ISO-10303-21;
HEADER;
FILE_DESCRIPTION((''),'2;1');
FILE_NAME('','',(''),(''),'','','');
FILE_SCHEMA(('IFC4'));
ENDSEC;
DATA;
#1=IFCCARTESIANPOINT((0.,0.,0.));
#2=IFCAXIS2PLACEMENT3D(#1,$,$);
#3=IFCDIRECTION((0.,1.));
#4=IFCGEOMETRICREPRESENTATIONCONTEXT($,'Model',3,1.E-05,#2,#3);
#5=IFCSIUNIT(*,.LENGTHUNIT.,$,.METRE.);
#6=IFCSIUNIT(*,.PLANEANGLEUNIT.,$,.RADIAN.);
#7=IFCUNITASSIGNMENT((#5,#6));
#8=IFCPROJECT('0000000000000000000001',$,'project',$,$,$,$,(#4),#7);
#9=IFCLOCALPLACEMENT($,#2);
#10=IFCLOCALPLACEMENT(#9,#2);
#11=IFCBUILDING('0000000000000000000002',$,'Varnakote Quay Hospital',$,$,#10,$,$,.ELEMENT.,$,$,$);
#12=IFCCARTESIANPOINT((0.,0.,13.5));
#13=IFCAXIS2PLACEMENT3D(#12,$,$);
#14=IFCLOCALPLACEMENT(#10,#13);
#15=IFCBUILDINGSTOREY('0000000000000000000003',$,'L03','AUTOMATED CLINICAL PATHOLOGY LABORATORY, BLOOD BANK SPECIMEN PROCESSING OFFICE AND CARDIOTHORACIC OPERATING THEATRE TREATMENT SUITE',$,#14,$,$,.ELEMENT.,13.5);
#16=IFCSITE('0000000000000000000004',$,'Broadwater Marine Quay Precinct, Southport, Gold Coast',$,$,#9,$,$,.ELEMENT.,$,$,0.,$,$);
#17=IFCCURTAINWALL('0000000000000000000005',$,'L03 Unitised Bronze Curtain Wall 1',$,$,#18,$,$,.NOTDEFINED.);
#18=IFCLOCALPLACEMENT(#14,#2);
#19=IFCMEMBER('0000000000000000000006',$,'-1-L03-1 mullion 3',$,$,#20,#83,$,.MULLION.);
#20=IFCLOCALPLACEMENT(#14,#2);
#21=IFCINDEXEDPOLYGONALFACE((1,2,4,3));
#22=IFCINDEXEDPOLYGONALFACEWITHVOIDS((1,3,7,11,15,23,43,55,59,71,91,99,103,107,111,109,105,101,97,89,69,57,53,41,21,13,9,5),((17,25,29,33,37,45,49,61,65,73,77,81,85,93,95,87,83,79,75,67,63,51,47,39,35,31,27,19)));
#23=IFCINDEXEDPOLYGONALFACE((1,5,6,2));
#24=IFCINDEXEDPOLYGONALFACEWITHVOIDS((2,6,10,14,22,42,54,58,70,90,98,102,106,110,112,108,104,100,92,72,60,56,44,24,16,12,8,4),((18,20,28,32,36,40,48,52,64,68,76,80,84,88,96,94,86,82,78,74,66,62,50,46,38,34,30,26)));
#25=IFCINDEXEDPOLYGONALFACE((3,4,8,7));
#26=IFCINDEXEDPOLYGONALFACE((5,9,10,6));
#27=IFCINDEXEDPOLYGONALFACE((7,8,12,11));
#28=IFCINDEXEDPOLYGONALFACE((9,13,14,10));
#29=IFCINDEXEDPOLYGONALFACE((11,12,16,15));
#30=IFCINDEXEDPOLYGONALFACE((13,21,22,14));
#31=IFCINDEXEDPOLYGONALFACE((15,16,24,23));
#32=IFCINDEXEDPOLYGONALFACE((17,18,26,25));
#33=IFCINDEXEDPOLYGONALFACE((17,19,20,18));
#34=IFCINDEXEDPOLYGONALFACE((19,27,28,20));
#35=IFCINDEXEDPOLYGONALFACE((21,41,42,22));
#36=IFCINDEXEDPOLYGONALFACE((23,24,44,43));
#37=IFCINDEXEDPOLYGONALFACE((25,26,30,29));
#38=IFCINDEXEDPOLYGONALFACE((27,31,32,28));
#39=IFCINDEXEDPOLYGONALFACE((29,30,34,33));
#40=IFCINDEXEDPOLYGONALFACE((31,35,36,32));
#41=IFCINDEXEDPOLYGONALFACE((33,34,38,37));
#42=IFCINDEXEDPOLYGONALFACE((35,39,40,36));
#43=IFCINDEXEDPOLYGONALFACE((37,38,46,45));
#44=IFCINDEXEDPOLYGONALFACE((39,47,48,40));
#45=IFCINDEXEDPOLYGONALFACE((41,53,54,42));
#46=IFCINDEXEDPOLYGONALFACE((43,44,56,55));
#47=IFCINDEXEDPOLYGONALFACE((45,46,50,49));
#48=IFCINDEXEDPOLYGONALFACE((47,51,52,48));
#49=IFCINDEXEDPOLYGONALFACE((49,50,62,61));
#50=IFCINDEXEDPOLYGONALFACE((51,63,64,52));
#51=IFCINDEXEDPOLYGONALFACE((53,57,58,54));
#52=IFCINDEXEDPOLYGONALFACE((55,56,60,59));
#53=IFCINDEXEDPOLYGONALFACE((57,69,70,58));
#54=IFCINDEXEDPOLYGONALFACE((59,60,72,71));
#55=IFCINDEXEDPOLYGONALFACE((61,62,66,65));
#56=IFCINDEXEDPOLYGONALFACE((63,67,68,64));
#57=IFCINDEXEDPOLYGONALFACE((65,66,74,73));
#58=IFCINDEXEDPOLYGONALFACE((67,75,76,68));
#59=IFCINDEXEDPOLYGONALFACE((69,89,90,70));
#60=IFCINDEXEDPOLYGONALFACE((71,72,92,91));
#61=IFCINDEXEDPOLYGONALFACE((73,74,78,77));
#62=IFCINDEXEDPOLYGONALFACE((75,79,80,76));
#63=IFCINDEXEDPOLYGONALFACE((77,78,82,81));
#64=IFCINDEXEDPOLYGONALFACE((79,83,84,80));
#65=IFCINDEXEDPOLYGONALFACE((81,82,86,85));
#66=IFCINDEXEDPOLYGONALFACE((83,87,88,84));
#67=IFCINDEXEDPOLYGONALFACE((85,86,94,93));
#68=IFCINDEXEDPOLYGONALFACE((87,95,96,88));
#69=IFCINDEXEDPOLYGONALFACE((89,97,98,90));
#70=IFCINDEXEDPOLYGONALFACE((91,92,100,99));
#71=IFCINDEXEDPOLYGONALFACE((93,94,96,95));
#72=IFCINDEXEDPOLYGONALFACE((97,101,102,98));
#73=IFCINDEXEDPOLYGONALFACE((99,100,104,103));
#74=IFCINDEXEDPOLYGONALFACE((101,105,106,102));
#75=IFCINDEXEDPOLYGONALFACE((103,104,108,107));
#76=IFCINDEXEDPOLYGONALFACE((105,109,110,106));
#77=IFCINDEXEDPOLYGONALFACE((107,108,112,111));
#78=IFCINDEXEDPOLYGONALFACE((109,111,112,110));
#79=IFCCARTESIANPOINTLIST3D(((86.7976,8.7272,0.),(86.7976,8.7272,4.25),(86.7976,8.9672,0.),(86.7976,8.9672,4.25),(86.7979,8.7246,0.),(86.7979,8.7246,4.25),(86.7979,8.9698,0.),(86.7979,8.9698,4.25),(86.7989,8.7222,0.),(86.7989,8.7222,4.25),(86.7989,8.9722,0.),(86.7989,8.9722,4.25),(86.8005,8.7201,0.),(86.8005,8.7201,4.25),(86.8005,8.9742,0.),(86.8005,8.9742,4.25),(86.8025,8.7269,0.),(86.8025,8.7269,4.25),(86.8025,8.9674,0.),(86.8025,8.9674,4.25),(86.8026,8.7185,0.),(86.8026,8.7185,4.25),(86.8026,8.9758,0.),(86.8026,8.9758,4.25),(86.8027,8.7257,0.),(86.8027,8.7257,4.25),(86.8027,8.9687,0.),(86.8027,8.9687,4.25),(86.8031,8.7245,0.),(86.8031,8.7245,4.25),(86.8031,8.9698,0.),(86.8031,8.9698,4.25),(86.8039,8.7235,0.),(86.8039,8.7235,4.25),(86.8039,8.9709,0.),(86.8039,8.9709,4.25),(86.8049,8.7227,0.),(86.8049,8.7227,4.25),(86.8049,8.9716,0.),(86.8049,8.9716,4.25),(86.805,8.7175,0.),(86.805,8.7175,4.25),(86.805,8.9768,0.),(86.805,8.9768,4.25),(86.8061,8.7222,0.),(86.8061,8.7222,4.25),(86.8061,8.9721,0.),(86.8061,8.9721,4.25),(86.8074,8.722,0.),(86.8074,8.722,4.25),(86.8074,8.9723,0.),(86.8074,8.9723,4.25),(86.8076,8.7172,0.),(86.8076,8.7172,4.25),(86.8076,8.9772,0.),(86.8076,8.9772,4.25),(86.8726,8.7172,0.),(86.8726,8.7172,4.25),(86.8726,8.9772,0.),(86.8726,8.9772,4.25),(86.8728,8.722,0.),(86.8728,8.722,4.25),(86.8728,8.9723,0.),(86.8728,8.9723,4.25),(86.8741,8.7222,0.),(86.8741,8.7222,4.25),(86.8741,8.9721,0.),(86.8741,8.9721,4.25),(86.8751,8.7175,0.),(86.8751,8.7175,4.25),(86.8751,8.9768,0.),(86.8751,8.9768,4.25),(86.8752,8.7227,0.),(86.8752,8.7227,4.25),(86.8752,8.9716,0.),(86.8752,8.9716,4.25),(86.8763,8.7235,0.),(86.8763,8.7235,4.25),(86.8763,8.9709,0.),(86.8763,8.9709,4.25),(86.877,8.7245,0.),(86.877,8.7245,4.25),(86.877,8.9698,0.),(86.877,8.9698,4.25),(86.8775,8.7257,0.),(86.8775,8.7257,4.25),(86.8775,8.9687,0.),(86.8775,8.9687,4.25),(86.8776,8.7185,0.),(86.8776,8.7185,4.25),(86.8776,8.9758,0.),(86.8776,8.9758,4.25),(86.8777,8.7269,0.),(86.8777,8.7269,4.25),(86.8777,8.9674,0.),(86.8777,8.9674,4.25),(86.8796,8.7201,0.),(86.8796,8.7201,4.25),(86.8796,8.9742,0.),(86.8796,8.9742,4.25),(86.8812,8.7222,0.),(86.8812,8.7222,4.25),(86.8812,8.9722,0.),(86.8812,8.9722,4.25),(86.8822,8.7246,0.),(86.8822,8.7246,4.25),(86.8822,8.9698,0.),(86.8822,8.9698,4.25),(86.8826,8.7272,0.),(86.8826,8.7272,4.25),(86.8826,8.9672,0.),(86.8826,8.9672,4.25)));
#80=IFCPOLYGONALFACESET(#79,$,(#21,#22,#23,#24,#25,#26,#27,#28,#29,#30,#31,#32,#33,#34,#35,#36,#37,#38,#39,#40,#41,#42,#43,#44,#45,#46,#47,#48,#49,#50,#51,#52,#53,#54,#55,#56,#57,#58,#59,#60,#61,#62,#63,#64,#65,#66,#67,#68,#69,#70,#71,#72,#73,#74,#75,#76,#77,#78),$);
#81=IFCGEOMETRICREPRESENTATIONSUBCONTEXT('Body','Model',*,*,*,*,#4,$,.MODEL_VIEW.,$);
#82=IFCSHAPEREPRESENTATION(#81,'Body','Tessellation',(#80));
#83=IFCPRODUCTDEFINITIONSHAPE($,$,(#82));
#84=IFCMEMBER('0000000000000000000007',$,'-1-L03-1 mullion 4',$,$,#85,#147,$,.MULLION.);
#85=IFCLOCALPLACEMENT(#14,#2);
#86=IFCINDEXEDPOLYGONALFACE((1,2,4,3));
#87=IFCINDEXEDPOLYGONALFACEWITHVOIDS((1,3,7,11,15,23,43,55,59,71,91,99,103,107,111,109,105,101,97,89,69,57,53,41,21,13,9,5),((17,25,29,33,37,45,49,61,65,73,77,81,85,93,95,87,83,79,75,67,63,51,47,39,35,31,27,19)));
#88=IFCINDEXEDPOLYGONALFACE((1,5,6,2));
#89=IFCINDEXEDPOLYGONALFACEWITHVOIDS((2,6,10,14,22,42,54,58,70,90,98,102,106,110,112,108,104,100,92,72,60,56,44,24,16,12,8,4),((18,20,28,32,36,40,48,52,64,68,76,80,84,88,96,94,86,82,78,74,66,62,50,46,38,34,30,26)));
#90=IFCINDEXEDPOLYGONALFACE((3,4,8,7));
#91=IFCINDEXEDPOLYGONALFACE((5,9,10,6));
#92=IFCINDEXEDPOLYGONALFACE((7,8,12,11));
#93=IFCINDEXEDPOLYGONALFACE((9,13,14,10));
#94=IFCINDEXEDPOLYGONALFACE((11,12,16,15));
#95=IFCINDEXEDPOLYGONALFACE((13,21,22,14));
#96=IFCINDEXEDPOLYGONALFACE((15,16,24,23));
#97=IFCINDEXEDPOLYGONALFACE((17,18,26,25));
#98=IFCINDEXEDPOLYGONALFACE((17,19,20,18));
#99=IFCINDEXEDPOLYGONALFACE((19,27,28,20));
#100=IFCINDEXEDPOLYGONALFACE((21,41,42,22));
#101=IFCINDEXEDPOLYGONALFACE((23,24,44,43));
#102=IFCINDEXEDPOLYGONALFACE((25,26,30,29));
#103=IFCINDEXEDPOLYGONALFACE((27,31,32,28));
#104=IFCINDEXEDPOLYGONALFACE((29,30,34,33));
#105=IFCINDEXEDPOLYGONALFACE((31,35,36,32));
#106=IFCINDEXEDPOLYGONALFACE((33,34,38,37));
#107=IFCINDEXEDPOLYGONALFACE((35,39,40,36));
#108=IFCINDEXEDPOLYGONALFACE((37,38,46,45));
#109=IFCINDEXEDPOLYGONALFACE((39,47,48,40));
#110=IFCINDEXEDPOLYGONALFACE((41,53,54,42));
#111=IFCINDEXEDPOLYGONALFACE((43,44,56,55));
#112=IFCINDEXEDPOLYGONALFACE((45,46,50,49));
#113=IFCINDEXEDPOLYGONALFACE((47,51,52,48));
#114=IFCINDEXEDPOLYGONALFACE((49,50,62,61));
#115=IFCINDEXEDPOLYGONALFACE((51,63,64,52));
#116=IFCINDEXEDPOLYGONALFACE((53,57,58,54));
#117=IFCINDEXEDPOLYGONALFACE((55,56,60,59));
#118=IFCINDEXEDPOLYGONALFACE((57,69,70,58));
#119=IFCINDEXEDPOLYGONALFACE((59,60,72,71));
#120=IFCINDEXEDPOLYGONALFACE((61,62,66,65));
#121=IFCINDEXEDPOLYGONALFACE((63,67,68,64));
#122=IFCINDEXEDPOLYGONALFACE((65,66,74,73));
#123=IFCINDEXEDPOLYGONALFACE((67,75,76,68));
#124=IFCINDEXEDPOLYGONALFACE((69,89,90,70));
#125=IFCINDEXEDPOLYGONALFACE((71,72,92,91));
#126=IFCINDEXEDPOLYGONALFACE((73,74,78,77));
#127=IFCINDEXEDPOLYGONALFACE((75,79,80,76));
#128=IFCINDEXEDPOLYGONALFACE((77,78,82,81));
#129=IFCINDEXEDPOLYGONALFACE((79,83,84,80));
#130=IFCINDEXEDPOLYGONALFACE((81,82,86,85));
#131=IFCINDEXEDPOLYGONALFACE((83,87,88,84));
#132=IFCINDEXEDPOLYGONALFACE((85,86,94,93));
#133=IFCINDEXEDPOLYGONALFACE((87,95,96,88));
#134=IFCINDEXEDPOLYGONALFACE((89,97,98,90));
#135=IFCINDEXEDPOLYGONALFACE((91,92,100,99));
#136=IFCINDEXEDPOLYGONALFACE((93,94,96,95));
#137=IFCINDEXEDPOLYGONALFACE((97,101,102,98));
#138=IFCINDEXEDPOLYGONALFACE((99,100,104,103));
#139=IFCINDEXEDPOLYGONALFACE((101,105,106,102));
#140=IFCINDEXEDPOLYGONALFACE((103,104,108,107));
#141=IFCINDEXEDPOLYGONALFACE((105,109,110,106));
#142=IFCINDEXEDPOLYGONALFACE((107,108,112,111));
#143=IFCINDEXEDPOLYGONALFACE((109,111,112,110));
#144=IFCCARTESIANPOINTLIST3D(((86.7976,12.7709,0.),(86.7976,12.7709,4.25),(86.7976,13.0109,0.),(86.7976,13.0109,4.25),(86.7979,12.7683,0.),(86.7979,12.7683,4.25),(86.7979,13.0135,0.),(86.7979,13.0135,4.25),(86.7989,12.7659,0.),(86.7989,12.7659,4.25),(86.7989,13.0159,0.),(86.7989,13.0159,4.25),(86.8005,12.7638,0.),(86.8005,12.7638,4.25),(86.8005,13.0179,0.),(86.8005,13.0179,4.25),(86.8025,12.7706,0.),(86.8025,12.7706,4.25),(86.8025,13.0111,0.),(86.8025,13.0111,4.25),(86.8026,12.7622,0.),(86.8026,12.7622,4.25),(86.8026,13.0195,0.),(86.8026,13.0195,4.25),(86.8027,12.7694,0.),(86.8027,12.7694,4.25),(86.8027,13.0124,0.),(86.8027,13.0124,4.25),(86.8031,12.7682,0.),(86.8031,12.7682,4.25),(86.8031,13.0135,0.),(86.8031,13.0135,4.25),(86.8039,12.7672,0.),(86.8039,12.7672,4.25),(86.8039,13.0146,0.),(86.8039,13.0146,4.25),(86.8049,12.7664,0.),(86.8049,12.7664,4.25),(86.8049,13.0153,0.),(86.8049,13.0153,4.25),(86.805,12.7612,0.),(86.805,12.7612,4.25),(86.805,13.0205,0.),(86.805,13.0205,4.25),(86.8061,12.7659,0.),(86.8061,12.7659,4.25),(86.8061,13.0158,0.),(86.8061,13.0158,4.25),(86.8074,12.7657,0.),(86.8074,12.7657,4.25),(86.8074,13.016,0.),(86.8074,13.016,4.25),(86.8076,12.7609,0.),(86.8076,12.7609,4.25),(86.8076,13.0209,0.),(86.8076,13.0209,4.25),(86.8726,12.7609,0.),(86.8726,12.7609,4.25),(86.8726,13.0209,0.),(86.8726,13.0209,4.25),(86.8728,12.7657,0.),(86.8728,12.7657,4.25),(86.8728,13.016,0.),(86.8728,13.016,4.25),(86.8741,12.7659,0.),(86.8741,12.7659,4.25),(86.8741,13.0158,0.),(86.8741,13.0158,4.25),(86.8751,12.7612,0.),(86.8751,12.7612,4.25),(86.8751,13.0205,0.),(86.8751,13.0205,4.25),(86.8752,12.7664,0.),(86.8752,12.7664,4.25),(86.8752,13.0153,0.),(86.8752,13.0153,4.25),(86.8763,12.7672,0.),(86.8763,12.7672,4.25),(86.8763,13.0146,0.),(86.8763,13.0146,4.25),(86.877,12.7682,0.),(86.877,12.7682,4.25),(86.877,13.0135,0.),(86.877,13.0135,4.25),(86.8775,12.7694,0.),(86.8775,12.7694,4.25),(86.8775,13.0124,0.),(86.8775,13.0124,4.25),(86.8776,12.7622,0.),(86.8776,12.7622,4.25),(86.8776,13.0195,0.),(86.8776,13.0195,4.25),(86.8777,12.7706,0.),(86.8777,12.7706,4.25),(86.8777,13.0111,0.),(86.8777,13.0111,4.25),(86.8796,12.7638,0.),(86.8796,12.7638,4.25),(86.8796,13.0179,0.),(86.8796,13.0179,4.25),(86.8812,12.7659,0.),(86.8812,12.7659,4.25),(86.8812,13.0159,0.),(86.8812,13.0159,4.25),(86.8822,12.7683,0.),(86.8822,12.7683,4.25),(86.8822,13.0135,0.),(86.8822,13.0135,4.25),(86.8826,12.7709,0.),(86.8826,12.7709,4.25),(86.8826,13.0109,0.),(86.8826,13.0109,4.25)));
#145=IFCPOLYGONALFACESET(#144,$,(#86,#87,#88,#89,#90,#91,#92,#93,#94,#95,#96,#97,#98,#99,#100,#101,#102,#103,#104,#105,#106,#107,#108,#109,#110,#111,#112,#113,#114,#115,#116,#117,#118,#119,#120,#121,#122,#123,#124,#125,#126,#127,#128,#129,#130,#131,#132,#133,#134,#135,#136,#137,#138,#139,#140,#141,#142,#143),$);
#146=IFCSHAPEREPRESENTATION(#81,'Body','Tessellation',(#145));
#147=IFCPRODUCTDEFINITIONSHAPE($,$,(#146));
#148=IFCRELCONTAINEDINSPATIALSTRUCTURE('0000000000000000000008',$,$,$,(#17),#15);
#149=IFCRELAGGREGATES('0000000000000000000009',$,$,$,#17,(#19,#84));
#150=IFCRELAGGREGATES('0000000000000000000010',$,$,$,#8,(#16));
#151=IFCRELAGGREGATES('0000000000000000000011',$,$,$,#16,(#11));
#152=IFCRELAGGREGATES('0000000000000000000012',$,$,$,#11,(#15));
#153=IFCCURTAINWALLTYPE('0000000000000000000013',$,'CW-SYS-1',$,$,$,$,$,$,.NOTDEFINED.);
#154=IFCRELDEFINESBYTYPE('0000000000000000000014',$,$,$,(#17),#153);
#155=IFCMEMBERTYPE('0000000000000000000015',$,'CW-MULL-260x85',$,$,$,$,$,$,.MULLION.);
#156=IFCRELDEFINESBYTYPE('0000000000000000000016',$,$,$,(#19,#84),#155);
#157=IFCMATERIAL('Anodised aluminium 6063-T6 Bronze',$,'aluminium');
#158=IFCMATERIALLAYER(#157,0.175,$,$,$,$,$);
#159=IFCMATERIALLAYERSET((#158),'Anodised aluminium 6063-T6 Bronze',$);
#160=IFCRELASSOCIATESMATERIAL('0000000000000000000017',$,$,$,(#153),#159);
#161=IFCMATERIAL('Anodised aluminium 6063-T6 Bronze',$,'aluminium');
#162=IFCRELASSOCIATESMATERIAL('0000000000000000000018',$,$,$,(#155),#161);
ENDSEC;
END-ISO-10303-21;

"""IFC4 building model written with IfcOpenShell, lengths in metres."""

from ifc_helpers import new_model, si_unit, direction, frame, origin, origin_2d, place, context, subcontext, project, spatial, hollow_rectangle, extrude, material, layer, layer_set, material_profile, profile_set, type_object, element, aggregate, save


model = new_model("IFC4")

# Units and contexts
model_context = context("Model", 3, precision=1e-05, world=origin(), true_north=direction((0.0, 1.0)))
body_context = subcontext(model_context, "Body", "Model", "MODEL_VIEW")
ifc_project = project(units=[si_unit("LENGTHUNIT", "METRE"), si_unit("PLANEANGLEUNIT", "RADIAN")], contexts=[model_context])

# Site, building, storey
site_placement = place(None, origin())
site = spatial("IfcSite", under=ifc_project, at=site_placement, Name="Broadwater Marine Quay Precinct, Southport, Gold Coast", CompositionType="ELEMENT", RefElevation=0.0)
building_placement = place(site_placement, origin())
building = spatial("IfcBuilding", under=site, at=building_placement, Name="Varnakote Quay Hospital", CompositionType="ELEMENT")
storey_placement = place(building_placement, frame((0.0, 0.0, 13.5)))
storey = spatial("IfcBuildingStorey", under=building, at=storey_placement, Name="L03", Description="AUTOMATED CLINICAL PATHOLOGY LABORATORY, BLOOD BANK SPECIMEN PROCESSING OFFICE AND CARDIOTHORACIC OPERATING THEATRE TREATMENT SUITE", CompositionType="ELEMENT", Elevation=13.5)

# Curtain wall, members
ifc_material_1 = material(Name="Anodised aluminium 6063-T6 Bronze", Category="aluminium")
ifc_layer_1 = layer(ifc_material_1, 0.175)
ifc_layer_set_1 = layer_set([ifc_layer_1], Name="Anodised aluminium 6063-T6 Bronze")
curtain_wall_type = type_object("IfcCurtainWallType", Name="CW-SYS-1", PredefinedType="NOTDEFINED", material=ifc_layer_set_1)
curtain_wall_placement = place(storey_placement, origin())
curtain_wall = element("IfcCurtainWall", 1, at=curtain_wall_placement, inside=storey, type_object=curtain_wall_type, Name="L03 Unitised Bronze Curtain Wall 1", PredefinedType="NOTDEFINED")
ifc_material_2 = material(Name="Anodised aluminium 6063-T6 Bronze", Category="aluminium")
ifc_material_profile_1 = material_profile(ifc_material_2, hollow_rectangle(XDim=0.085, YDim=0.26, WallThickness=0.0049, InnerFilletRadius=0.0049, OuterFilletRadius=0.01, at=origin_2d()), Name="CW-MULL-260x85")
ifc_profile_set_1 = profile_set([ifc_material_profile_1], Name="Anodised aluminium 6063-T6 Bronze")
member_type_1 = type_object("IfcMemberType", Name="CW-MULL-260x85", PredefinedType="MULLION", material=ifc_profile_set_1)
member_1_placement = place(storey_placement, frame((86.8401, 8.8472, 0.0), z_axis=(0.0, 0.0, 1.0), x_axis=(-1.0, 0.0, 0.0)))
member_1 = element("IfcMember", 2, at=member_1_placement, type_object=member_type_1, Name="-1-L03-1 mullion 3", PredefinedType="MULLION", context=body_context, shape_type="SweptSolid", body=[
    extrude(hollow_rectangle(XDim=0.085, YDim=0.26, WallThickness=0.0049, InnerFilletRadius=0.0049, OuterFilletRadius=0.01, at=origin_2d()), origin(), (0.0, 0.0, 1.0), 4.25),
])
member_2_placement = place(storey_placement, frame((86.8401, 12.8909, 0.0), z_axis=(0.0, 0.0, 1.0), x_axis=(-1.0, 0.0, 0.0)))
member_2 = element("IfcMember", 3, at=member_2_placement, type_object=member_type_1, Name="-1-L03-1 mullion 4", PredefinedType="MULLION", context=body_context, shape_type="SweptSolid", body=[
    extrude(hollow_rectangle(XDim=0.085, YDim=0.26, WallThickness=0.0049, InnerFilletRadius=0.0049, OuterFilletRadius=0.01, at=origin_2d()), origin(), (0.0, 0.0, 1.0), 4.25),
])
aggregate(curtain_wall, [member_1, member_2])

save(model, "model.ifc")
